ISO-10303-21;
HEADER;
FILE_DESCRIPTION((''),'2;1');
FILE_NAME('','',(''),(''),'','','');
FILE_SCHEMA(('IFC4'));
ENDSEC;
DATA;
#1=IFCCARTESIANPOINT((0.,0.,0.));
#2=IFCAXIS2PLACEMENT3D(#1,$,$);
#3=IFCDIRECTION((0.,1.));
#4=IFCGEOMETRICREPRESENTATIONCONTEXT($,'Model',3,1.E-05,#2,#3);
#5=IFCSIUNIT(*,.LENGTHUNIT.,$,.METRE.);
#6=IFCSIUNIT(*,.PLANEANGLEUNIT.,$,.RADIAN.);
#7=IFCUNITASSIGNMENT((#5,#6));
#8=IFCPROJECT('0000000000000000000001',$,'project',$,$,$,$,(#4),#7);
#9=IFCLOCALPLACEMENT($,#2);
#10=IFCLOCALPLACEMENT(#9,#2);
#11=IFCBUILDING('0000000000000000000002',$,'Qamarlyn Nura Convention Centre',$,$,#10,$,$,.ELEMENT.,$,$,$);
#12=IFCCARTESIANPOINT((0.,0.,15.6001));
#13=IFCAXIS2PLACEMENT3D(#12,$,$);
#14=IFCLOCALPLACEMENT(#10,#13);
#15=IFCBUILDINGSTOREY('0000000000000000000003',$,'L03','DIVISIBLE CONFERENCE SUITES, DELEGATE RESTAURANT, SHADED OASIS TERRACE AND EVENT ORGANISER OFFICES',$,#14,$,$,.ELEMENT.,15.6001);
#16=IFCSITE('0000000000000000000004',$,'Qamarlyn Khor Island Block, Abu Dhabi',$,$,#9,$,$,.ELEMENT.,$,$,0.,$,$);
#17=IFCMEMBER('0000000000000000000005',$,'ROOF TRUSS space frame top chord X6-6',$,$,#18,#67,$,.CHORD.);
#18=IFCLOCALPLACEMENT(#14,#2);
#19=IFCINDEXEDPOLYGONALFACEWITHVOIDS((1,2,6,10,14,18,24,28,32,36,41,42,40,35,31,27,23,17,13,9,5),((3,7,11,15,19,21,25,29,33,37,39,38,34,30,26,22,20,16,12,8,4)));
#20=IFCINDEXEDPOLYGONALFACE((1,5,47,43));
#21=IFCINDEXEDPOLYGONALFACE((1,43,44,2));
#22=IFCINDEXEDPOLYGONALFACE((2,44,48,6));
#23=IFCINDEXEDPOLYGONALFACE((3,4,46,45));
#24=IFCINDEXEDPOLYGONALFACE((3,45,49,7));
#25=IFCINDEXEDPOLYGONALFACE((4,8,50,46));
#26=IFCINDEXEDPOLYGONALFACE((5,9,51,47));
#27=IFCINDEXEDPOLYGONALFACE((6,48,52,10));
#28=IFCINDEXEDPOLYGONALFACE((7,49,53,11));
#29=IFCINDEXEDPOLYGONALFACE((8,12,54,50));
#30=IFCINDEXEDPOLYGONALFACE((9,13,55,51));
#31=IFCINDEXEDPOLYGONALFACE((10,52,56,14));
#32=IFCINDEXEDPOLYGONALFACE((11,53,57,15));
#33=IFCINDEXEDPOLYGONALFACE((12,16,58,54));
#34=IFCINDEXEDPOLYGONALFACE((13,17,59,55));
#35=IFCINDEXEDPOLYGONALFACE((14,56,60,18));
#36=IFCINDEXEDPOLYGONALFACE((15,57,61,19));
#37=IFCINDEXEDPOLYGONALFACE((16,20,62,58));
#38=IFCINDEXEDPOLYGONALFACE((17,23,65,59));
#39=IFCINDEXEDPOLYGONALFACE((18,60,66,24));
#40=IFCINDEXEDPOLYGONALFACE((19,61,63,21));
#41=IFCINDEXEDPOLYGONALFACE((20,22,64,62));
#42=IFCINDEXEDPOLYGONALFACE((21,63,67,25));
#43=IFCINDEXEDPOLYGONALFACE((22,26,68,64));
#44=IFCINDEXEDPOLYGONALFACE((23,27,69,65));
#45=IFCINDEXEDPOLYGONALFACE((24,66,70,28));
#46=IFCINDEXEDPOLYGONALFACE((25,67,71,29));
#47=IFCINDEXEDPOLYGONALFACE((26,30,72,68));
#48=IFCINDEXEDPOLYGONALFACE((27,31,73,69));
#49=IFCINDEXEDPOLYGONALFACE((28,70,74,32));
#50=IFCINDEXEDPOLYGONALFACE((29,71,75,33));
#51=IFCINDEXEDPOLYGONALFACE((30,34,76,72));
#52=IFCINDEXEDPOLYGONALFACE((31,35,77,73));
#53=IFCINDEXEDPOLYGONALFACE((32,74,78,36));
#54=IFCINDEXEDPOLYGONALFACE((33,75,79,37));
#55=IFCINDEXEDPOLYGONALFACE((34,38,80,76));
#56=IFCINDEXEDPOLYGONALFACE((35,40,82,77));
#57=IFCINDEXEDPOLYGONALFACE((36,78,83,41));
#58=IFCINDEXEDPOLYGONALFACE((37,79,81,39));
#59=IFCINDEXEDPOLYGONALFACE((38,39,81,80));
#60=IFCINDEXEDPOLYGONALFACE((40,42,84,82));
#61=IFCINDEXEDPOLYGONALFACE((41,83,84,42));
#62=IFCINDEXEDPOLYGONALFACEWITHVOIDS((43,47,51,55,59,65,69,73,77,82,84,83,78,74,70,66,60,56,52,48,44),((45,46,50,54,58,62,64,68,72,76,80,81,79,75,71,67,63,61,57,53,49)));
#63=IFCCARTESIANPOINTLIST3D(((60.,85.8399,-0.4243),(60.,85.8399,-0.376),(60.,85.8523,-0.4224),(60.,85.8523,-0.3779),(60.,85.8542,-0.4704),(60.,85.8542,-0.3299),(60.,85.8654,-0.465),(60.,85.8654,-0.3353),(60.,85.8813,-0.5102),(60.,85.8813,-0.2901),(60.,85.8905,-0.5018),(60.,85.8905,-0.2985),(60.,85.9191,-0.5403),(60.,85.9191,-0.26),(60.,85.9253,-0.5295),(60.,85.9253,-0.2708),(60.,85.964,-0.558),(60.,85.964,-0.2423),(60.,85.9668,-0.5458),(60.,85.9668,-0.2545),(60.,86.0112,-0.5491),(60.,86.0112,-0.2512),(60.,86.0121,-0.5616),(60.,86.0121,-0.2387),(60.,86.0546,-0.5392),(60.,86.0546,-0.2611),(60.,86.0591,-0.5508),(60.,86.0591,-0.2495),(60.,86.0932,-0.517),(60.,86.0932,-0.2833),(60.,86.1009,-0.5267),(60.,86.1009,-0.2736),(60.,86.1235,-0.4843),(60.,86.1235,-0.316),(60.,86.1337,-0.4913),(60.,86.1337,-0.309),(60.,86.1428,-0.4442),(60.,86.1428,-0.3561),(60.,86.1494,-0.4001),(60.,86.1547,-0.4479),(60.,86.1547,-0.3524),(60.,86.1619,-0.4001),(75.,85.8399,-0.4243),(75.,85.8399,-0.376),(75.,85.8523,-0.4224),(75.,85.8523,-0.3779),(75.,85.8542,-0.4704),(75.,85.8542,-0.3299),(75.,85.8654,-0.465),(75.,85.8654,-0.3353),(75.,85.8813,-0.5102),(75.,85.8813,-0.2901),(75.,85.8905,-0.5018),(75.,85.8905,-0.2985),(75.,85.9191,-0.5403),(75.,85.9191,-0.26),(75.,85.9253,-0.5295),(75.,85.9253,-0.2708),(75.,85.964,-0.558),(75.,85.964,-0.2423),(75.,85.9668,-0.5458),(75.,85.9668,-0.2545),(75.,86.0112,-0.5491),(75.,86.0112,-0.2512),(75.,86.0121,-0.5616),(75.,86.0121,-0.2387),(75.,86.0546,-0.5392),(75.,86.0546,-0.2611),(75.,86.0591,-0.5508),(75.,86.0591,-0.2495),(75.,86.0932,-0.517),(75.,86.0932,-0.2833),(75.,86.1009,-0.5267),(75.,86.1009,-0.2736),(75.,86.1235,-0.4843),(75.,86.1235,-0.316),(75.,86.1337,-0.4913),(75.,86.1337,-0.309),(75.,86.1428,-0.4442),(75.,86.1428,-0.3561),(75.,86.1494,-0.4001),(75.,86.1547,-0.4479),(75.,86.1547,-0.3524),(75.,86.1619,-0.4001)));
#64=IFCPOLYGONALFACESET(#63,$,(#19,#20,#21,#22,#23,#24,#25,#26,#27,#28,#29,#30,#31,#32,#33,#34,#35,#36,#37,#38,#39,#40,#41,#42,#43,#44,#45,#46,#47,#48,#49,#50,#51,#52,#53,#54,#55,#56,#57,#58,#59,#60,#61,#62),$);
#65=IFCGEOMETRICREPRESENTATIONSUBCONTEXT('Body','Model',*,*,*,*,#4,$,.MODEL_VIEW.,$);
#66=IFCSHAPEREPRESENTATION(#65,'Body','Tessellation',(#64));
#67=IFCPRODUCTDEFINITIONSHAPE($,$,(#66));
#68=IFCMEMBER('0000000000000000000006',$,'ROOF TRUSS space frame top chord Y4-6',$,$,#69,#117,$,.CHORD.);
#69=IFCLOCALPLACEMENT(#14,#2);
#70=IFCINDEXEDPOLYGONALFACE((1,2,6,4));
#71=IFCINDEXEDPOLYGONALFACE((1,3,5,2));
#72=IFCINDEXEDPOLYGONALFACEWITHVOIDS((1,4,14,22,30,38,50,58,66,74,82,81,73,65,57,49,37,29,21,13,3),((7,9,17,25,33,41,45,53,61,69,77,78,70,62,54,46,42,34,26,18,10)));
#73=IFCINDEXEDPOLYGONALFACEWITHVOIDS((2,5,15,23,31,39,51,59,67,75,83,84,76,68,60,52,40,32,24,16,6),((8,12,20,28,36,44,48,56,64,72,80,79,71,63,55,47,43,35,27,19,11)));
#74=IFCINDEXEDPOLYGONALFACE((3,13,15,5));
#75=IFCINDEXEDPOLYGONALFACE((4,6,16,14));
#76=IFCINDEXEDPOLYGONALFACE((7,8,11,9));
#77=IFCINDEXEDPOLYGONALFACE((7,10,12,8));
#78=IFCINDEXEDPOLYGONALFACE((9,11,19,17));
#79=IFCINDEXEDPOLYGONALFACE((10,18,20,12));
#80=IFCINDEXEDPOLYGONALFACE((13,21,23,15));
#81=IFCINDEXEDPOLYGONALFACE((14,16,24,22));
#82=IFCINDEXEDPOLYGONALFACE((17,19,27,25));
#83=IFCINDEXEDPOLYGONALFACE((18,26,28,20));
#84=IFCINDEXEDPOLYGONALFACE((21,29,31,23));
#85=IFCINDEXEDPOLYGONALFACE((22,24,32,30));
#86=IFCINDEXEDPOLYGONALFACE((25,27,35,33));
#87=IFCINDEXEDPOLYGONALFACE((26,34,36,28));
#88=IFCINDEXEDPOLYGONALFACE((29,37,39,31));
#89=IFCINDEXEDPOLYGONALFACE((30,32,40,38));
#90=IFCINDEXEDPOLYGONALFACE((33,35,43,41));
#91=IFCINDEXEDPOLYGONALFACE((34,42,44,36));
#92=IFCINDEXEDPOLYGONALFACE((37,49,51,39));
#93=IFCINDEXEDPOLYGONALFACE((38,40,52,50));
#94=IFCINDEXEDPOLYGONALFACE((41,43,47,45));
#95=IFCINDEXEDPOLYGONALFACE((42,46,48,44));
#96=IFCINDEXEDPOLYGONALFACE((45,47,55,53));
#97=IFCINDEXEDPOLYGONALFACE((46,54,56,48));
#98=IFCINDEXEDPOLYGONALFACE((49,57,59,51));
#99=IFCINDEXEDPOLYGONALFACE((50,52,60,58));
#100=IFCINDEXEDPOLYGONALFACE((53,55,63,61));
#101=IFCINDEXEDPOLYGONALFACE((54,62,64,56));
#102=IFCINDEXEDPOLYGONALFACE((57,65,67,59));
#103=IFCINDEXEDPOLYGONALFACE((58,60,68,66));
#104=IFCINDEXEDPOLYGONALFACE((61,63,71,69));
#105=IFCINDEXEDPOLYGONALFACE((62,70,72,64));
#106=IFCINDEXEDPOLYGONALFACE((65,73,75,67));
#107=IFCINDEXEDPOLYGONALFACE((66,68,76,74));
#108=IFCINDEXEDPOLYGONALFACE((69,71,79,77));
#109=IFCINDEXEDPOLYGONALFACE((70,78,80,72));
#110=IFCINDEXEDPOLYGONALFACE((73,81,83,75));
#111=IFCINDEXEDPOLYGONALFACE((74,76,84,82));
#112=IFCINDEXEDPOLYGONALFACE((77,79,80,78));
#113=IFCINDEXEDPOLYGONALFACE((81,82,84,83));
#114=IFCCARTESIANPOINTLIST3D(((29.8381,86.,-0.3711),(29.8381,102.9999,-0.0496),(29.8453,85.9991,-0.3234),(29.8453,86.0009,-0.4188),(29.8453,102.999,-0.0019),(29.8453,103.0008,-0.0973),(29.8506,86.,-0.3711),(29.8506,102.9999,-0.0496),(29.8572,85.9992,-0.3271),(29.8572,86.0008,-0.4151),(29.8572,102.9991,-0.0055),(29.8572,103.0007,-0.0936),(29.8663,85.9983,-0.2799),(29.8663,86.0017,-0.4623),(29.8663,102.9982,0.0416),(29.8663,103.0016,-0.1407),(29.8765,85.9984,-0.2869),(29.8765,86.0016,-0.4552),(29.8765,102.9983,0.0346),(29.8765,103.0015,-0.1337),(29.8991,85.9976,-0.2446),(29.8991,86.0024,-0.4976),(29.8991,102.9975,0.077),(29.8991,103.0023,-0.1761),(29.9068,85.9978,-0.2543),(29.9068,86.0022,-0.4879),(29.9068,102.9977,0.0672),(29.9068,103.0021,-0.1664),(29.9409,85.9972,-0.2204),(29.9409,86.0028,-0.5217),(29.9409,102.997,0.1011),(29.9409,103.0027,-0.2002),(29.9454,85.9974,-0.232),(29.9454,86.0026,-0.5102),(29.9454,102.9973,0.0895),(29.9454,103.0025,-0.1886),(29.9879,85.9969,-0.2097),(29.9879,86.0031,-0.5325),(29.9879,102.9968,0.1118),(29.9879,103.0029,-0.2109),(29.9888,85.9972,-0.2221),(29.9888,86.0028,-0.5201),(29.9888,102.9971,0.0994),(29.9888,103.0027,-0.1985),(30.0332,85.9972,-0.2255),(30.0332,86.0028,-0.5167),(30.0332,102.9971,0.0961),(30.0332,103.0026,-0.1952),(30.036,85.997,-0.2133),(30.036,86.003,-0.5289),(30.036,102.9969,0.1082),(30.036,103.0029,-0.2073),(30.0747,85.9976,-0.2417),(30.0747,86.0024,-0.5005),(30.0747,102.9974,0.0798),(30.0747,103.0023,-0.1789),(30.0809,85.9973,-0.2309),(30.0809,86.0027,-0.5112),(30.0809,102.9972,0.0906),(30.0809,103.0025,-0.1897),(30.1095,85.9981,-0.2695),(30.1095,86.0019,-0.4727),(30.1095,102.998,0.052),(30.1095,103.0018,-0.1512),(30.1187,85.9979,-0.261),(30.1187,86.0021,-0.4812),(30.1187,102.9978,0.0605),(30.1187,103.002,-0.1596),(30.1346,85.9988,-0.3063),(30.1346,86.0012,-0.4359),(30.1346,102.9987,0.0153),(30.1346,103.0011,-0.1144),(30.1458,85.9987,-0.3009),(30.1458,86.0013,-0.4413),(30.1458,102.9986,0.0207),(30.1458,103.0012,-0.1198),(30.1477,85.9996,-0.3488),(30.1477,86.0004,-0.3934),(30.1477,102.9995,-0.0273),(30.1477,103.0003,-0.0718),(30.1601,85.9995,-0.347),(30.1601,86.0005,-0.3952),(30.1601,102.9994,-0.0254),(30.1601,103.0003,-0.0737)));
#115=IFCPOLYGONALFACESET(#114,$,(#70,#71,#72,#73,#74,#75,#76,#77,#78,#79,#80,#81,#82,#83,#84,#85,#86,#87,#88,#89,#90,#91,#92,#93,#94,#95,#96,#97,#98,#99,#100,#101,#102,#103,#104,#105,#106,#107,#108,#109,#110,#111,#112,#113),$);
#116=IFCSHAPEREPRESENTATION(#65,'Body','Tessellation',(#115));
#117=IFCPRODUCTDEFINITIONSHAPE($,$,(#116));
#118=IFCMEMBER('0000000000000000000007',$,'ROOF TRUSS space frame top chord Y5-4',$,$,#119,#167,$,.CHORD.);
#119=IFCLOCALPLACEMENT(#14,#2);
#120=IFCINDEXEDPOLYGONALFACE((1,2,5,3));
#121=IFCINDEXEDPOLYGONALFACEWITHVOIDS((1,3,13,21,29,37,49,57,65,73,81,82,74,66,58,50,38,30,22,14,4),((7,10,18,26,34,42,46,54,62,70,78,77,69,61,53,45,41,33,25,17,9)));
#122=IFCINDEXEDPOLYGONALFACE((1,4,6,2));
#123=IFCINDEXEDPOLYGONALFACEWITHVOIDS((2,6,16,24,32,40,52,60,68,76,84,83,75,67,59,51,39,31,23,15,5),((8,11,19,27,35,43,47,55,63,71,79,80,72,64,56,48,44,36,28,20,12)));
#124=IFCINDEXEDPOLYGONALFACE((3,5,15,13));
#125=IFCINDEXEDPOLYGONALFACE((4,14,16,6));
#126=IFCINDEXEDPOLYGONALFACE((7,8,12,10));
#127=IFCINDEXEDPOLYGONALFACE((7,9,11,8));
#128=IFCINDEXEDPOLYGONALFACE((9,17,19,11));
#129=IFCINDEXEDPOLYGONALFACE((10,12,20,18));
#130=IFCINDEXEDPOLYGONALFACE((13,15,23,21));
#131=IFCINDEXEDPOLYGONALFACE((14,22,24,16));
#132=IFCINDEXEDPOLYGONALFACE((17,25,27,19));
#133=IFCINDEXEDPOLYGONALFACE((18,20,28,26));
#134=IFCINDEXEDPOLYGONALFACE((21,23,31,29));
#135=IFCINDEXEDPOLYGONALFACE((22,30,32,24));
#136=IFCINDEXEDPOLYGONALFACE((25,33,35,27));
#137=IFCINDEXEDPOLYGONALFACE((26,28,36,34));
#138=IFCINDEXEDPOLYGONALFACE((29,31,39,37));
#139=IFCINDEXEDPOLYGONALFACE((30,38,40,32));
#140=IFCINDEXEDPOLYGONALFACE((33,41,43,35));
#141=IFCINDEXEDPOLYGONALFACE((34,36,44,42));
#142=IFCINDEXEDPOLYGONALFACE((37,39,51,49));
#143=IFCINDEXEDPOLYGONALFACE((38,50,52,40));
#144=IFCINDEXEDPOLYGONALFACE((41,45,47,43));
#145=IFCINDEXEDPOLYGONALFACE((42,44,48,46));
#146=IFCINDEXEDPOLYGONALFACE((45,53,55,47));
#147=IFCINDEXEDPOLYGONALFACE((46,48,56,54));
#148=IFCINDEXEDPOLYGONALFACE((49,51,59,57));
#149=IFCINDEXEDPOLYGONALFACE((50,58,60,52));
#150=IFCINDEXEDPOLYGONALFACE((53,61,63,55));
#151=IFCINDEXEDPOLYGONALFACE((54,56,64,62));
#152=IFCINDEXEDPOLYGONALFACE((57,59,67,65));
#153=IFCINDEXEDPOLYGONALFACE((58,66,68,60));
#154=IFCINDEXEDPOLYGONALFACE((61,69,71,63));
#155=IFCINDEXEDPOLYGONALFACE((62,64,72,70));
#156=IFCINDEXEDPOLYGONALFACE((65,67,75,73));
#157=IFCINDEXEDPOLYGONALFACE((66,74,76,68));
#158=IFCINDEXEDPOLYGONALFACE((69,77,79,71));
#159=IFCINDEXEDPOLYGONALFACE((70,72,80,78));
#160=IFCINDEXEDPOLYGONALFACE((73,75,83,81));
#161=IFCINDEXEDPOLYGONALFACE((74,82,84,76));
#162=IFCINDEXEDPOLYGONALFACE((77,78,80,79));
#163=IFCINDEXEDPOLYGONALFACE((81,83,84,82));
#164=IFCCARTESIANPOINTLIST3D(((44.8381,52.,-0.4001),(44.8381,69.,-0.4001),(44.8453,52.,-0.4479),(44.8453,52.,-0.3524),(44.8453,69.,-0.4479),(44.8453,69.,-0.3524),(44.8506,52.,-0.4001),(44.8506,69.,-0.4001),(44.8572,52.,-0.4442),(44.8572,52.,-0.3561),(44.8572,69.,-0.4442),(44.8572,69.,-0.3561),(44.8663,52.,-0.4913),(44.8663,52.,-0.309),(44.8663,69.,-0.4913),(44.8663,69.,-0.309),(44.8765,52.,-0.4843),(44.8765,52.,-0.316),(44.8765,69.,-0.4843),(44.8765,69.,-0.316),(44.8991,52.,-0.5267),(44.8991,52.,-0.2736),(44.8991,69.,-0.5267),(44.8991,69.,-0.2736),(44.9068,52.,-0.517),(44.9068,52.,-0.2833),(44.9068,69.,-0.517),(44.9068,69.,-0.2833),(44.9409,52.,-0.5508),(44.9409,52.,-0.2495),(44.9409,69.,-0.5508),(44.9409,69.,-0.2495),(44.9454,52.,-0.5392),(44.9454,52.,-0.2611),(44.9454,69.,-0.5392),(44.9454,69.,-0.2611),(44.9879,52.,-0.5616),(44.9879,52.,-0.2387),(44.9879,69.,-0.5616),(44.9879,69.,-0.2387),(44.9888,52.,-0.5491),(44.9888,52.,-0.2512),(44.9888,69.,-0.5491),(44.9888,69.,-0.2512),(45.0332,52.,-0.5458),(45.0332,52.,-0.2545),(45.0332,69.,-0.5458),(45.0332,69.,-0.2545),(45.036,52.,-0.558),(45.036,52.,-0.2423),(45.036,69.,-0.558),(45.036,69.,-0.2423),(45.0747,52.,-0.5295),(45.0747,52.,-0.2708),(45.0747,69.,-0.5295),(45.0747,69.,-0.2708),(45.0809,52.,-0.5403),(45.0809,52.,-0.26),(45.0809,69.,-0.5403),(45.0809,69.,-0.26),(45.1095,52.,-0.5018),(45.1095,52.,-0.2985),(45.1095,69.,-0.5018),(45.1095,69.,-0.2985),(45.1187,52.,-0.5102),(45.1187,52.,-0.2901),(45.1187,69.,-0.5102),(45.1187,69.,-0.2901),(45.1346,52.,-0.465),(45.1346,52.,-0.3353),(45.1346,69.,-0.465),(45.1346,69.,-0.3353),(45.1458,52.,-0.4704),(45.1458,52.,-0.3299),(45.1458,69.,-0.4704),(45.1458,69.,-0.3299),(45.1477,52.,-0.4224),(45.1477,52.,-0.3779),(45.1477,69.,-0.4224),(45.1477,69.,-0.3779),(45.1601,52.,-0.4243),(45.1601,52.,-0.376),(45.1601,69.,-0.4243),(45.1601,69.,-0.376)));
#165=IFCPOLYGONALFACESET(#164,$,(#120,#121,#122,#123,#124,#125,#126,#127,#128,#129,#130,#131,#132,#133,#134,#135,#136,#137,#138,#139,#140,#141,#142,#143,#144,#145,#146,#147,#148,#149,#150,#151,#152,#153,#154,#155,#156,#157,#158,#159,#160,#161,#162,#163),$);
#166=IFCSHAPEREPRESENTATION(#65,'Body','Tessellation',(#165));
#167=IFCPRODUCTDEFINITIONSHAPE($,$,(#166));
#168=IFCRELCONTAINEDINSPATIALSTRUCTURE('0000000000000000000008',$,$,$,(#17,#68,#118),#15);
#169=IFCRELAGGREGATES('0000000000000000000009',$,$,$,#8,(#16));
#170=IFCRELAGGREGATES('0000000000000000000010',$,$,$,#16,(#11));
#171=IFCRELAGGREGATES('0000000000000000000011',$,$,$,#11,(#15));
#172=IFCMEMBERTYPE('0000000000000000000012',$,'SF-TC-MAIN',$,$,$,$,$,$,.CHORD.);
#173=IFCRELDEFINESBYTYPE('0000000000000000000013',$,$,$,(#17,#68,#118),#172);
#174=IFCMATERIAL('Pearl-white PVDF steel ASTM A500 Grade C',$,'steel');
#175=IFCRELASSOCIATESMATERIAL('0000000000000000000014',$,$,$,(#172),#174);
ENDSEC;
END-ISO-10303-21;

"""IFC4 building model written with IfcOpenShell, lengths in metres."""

from ifc_helpers import new_model, si_unit, direction, frame, origin, origin_2d, place, context, subcontext, project, spatial, hollow_circle, extrude, material, material_profile, profile_set, type_object, element, save


model = new_model("IFC4")

# Units and contexts
model_context = context("Model", 3, precision=1e-05, world=origin(), true_north=direction((0.0, 1.0)))
body_context = subcontext(model_context, "Body", "Model", "MODEL_VIEW")
ifc_project = project(units=[si_unit("LENGTHUNIT", "METRE"), si_unit("PLANEANGLEUNIT", "RADIAN")], contexts=[model_context])

# Site, building, storey
site_placement = place(None, origin())
site = spatial("IfcSite", under=ifc_project, at=site_placement, Name="Qamarlyn Khor Island Block, Abu Dhabi", CompositionType="ELEMENT", RefElevation=0.0)
building_placement = place(site_placement, origin())
building = spatial("IfcBuilding", under=site, at=building_placement, Name="Qamarlyn Nura Convention Centre", CompositionType="ELEMENT")
storey_placement = place(building_placement, frame((0.0, 0.0, 15.6001)))
storey = spatial("IfcBuildingStorey", under=building, at=storey_placement, Name="L03", Description="DIVISIBLE CONFERENCE SUITES, DELEGATE RESTAURANT, SHADED OASIS TERRACE AND EVENT ORGANISER OFFICES", CompositionType="ELEMENT", Elevation=15.6001)

# Members
ifc_material_1 = material(Name="Pearl-white PVDF steel ASTM A500 Grade C", Category="steel")
ifc_material_profile_1 = material_profile(ifc_material_1, hollow_circle(Radius=0.1619, WallThickness=0.0125, at=origin_2d()), Name="CHS323.9X12.5")
ifc_profile_set_1 = profile_set([ifc_material_profile_1], Name="Pearl-white PVDF steel ASTM A500 Grade C")
member_type_1 = type_object("IfcMemberType", Name="SF-TC-MAIN", PredefinedType="CHORD", material=ifc_profile_set_1)
for number, where, z_axis, x_axis, name in (
    (1, (60.0, 86.0, -0.4001), (1.0, 0.0, 0.0), (0.0, 1.0, 0.0), "ROOF TRUSS space frame top chord X6-6"),
):
    element("IfcMember", number, at=place(storey_placement, frame(where, z_axis=z_axis, x_axis=x_axis)), inside=storey, type_object=member_type_1, Name=name, PredefinedType="CHORD", context=body_context, shape_type="SweptSolid", body=[
        extrude(hollow_circle(Radius=0.1619, WallThickness=0.0125, at=origin_2d()), origin(), (0.0, 0.0, 1.0), 15.0),
    ])
member_1_placement = place(storey_placement, frame((30.0, 86.0, -0.3711), z_axis=(0.0, 0.999821, 0.01891), x_axis=(-1.0, 0.0, 0.0)))
element("IfcMember", 2, at=member_1_placement, inside=storey, type_object=member_type_1, Name="ROOF TRUSS space frame top chord Y4-6", PredefinedType="CHORD", context=body_context, shape_type="SweptSolid", body=[
    extrude(hollow_circle(Radius=0.1619, WallThickness=0.0125, at=origin_2d()), origin(), (0.0, 0.0, 1.0), 17.0029),
])
for number, where, z_axis, x_axis, name in (
    (3, (45.0, 52.0, -0.4001), (0.0, 1.0, 0.0), (-1.0, 0.0, 0.0), "ROOF TRUSS space frame top chord Y5-4"),
):
    element("IfcMember", number, at=place(storey_placement, frame(where, z_axis=z_axis, x_axis=x_axis)), inside=storey, type_object=member_type_1, Name=name, PredefinedType="CHORD", context=body_context, shape_type="SweptSolid", body=[
        extrude(hollow_circle(Radius=0.1619, WallThickness=0.0125, at=origin_2d()), origin(), (0.0, 0.0, 1.0), 17.0),
    ])

save(model, "model.ifc")
